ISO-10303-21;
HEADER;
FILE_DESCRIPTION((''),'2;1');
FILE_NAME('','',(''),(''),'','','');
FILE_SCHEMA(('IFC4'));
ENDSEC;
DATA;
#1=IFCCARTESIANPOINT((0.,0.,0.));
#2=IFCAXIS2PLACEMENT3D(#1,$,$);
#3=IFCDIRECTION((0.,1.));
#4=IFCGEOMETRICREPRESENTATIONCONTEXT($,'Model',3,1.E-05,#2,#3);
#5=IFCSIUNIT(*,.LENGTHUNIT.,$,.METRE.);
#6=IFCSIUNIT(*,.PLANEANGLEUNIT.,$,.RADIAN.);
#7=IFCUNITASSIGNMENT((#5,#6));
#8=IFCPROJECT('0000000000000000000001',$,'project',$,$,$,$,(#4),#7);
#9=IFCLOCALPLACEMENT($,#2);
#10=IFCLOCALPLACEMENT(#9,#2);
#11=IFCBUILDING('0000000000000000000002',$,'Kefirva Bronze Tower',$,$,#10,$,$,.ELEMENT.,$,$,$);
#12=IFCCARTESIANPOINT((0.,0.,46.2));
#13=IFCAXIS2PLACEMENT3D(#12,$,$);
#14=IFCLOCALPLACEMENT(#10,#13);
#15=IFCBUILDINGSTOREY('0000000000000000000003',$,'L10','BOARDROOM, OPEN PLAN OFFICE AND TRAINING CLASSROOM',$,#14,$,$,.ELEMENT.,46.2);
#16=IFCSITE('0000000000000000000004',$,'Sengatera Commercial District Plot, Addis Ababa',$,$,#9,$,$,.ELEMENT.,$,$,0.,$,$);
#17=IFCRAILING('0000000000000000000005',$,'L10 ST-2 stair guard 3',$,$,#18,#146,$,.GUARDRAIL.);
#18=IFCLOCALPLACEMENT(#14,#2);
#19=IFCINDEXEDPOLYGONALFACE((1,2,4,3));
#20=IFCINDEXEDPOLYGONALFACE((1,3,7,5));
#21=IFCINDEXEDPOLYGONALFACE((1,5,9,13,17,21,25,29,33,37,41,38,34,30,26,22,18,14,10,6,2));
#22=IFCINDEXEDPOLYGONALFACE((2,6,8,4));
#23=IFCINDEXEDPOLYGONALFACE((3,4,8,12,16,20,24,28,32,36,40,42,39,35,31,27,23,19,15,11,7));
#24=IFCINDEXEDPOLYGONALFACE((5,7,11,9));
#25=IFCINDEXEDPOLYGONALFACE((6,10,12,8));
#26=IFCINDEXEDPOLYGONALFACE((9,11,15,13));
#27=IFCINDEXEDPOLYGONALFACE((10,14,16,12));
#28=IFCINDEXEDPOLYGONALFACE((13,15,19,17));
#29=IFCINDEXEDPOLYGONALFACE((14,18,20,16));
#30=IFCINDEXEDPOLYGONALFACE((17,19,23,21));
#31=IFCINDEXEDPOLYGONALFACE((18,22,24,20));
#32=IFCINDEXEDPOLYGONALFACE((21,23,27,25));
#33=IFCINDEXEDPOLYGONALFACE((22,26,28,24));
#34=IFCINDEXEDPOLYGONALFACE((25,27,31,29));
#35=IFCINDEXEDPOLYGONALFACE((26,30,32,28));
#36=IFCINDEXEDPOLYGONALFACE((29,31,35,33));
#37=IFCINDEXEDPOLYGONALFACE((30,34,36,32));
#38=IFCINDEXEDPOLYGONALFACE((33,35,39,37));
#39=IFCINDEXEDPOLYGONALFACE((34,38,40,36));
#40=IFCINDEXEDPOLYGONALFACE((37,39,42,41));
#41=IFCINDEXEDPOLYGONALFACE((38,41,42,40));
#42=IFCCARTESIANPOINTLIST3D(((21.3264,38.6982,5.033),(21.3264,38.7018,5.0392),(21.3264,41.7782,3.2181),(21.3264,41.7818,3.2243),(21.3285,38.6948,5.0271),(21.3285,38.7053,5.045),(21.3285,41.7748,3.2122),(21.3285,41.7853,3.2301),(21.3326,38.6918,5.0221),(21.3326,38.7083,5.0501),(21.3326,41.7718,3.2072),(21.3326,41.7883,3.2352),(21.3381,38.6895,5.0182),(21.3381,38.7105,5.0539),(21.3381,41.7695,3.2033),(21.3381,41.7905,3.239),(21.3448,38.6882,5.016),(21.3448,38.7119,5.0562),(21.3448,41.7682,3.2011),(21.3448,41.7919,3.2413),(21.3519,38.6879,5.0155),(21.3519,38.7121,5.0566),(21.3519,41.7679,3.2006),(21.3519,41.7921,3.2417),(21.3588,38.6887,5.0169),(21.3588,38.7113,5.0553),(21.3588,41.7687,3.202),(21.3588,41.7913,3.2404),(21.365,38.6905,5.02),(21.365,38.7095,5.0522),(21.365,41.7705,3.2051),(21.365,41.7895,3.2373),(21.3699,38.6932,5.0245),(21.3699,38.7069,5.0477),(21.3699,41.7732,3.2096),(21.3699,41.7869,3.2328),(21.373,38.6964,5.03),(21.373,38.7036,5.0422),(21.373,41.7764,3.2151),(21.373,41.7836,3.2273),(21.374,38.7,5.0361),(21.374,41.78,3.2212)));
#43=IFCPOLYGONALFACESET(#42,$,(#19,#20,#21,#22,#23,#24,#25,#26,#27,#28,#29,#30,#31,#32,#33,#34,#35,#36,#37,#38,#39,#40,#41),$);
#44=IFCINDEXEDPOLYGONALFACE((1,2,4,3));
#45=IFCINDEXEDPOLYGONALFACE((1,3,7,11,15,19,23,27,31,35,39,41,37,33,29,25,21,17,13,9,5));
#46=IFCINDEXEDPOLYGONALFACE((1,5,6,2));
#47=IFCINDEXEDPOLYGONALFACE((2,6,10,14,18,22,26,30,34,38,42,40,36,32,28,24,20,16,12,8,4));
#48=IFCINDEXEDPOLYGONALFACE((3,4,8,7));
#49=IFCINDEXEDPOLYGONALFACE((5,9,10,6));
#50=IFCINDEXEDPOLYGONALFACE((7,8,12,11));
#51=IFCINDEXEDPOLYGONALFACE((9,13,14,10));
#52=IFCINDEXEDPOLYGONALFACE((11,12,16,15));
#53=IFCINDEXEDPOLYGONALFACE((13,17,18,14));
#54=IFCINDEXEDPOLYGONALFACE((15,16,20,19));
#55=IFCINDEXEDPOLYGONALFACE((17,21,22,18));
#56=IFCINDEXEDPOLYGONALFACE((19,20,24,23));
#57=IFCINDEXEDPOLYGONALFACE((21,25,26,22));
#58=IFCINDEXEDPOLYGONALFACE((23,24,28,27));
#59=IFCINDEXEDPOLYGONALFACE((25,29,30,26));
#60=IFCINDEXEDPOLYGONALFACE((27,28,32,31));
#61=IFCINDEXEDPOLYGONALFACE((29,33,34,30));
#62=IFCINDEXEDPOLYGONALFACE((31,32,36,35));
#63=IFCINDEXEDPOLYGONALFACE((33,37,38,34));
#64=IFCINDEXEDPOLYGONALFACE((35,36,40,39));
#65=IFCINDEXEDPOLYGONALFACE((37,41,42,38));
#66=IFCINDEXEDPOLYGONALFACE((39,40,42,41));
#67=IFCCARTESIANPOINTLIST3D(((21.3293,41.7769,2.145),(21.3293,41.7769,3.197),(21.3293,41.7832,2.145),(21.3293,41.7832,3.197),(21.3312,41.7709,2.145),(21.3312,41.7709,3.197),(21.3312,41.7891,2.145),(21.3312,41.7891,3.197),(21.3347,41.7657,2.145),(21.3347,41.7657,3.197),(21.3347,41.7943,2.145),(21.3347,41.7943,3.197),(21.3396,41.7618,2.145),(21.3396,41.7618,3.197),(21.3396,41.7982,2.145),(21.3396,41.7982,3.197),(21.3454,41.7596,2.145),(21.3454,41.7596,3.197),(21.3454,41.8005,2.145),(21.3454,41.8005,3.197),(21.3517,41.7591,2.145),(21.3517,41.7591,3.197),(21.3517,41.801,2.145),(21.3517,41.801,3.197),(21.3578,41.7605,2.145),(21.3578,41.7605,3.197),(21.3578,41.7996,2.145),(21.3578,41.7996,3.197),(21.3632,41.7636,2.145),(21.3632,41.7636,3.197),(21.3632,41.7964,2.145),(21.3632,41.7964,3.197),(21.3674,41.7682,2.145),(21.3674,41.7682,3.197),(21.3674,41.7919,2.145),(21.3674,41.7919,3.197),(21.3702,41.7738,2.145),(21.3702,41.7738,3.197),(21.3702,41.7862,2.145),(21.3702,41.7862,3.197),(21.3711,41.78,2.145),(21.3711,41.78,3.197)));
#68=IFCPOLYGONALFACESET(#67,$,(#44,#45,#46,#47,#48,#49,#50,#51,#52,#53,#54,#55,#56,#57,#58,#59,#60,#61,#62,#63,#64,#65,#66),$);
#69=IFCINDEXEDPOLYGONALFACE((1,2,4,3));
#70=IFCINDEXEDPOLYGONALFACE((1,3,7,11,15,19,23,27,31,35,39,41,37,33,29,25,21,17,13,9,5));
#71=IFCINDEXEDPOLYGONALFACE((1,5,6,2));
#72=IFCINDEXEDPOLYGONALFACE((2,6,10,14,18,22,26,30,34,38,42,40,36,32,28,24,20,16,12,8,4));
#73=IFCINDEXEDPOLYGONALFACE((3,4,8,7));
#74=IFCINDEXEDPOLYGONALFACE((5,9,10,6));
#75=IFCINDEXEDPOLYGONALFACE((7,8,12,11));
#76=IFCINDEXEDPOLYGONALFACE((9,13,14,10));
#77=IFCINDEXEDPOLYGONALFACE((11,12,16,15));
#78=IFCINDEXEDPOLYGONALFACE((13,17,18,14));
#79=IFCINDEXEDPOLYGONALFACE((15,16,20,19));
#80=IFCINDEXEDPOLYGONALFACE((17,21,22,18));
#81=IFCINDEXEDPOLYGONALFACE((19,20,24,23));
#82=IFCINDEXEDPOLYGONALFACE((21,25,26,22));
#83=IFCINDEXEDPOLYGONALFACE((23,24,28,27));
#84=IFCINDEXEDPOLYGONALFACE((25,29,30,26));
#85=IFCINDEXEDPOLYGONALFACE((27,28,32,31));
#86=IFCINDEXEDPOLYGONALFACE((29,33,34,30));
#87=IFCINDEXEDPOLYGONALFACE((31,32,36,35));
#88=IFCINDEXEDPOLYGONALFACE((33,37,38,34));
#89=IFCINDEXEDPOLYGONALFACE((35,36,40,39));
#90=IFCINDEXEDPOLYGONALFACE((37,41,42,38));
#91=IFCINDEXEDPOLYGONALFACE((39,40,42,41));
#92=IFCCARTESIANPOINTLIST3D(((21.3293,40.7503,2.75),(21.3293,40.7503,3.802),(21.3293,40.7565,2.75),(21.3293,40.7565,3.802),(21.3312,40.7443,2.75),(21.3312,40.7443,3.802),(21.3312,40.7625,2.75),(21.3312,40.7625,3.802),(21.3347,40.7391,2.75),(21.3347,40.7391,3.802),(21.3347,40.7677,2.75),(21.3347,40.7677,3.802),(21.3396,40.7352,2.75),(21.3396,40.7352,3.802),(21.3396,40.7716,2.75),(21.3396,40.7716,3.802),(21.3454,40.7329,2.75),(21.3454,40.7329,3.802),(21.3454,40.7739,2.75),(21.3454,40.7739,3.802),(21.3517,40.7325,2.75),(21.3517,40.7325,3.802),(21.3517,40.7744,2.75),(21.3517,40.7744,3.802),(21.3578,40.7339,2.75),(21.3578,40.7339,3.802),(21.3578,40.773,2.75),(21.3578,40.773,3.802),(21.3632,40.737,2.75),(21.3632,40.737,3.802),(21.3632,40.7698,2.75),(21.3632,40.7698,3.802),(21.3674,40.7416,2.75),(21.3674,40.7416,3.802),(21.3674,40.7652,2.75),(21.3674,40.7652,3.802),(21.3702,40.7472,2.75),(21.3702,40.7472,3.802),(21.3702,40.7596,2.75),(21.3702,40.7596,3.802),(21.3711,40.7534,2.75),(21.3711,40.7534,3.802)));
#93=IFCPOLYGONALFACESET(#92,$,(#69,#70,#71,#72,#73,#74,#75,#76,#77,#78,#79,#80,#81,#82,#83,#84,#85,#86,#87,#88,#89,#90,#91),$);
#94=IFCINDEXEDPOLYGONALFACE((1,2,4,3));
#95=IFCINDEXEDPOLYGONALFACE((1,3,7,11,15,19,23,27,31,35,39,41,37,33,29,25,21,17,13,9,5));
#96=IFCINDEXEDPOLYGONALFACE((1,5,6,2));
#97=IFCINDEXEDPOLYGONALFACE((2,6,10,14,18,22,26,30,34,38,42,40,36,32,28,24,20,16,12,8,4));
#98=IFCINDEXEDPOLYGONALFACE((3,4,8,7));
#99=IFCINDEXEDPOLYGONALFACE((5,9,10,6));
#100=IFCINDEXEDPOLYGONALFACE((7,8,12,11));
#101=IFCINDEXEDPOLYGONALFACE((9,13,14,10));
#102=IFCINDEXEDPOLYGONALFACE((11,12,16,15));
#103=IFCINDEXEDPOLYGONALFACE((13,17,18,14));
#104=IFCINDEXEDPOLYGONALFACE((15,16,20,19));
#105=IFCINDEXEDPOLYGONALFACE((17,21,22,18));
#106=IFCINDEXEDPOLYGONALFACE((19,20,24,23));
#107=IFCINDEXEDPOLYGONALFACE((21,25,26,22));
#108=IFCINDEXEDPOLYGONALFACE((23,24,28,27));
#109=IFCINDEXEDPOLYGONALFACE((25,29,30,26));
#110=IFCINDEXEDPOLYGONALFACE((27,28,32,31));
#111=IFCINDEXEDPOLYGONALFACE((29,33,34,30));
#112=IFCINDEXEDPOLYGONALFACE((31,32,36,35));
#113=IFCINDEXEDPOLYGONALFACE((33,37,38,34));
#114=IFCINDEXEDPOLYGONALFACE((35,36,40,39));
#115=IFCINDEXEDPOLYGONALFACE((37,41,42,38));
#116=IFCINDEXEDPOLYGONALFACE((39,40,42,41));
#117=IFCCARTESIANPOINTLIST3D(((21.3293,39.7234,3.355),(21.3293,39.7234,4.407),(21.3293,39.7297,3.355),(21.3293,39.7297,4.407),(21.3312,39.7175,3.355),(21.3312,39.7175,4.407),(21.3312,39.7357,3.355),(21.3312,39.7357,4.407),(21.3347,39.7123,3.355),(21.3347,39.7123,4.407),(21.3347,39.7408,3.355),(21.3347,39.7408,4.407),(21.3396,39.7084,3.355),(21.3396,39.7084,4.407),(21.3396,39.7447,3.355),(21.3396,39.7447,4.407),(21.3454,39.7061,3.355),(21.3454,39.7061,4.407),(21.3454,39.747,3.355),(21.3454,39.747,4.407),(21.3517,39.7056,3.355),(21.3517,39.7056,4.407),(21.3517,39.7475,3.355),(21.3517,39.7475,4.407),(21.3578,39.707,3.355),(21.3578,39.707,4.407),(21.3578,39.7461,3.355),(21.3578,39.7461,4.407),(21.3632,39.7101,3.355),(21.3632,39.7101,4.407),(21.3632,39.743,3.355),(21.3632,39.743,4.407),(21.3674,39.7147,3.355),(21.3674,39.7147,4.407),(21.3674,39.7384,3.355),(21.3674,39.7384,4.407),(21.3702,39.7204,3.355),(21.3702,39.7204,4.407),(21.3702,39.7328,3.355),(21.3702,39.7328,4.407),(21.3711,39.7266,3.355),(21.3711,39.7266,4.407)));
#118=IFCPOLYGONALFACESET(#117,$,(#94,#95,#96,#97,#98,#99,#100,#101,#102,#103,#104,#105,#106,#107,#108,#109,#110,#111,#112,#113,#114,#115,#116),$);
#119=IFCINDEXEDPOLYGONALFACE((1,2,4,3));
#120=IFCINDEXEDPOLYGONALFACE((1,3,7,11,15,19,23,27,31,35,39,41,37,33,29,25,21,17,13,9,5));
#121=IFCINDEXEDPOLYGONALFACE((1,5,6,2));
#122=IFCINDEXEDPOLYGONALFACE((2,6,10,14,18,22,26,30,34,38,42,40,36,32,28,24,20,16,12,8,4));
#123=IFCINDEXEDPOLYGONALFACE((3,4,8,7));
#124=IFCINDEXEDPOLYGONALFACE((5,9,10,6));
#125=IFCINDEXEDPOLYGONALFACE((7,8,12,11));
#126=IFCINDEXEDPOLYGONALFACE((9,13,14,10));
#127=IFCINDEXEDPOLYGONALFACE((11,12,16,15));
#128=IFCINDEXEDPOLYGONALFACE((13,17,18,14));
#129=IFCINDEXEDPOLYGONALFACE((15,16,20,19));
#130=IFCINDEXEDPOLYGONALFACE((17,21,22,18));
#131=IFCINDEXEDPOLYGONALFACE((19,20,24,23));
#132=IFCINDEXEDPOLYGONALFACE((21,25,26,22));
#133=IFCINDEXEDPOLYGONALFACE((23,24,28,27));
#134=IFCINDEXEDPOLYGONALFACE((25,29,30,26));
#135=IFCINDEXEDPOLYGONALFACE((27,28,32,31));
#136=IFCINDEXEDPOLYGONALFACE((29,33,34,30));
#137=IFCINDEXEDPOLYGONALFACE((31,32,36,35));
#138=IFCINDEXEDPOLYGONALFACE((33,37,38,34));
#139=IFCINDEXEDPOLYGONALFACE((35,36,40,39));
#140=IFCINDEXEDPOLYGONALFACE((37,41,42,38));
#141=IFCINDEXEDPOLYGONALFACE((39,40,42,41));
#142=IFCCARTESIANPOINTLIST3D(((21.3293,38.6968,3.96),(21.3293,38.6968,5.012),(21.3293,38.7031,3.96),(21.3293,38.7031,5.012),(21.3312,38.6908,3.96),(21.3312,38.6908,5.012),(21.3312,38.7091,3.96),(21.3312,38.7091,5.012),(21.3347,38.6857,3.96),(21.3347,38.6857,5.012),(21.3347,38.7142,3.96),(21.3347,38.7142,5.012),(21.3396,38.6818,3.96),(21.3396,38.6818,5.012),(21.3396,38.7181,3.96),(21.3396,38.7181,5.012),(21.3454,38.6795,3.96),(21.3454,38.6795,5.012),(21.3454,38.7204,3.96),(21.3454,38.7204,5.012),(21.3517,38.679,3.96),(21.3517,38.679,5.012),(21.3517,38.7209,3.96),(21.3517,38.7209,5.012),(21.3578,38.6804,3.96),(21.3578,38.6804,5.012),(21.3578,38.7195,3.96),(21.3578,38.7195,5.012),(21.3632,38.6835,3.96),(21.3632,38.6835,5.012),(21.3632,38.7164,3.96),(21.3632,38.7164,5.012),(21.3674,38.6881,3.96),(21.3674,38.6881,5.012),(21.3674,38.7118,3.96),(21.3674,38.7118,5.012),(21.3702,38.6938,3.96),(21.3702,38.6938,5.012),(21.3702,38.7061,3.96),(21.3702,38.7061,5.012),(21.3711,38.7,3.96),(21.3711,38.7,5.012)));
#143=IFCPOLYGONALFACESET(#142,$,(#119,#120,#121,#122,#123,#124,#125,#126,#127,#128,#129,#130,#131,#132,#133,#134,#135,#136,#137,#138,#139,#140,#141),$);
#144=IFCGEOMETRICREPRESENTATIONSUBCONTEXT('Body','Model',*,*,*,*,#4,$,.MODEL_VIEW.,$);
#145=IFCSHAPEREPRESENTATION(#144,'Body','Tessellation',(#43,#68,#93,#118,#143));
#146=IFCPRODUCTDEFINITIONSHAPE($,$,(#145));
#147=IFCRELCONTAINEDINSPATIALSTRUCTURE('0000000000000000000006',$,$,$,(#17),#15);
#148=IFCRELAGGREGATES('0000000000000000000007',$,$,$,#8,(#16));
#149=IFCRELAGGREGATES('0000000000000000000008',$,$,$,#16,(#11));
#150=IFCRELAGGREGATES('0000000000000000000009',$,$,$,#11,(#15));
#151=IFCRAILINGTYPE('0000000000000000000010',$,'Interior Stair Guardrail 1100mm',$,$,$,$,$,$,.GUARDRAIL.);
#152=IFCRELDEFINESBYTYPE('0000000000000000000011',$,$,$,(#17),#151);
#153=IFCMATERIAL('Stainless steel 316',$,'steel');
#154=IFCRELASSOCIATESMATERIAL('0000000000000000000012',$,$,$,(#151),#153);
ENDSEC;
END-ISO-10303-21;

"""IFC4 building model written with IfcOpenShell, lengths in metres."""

from ifc_helpers import new_model, si_unit, direction, frame, origin, origin_2d, place, context, subcontext, project, spatial, circle, extrude, material, type_object, element, save


model = new_model("IFC4")

# Units and contexts
model_context = context("Model", 3, precision=1e-05, world=origin(), true_north=direction((0.0, 1.0)))
body_context = subcontext(model_context, "Body", "Model", "MODEL_VIEW")
ifc_project = project(units=[si_unit("LENGTHUNIT", "METRE"), si_unit("PLANEANGLEUNIT", "RADIAN")], contexts=[model_context])

# Site, building, storey
site_placement = place(None, origin())
site = spatial("IfcSite", under=ifc_project, at=site_placement, Name="Sengatera Commercial District Plot, Addis Ababa", CompositionType="ELEMENT", RefElevation=0.0)
building_placement = place(site_placement, origin())
building = spatial("IfcBuilding", under=site, at=building_placement, Name="Kefirva Bronze Tower", CompositionType="ELEMENT")
storey_placement = place(building_placement, frame((0.0, 0.0, 46.2)))
storey = spatial("IfcBuildingStorey", under=building, at=storey_placement, Name="L10", Description="BOARDROOM, OPEN PLAN OFFICE AND TRAINING CLASSROOM", CompositionType="ELEMENT", Elevation=46.2)

# Railing
ifc_material_1 = material(Name="Stainless steel 316", Category="steel")
railing_type_1 = type_object("IfcRailingType", Name="Interior Stair Guardrail 1100mm", PredefinedType="GUARDRAIL", material=ifc_material_1)
railing_1_placement = place(storey_placement, frame((21.3501, 41.78, 2.145)))
element("IfcRailing", 1, at=railing_1_placement, inside=storey, type_object=railing_type_1, Name="L10 ST-2 stair guard 3", PredefinedType="GUARDRAIL", context=body_context, shape_type="SweptSolid", body=[
    extrude(circle(Radius=0.0239, at=origin_2d()), frame((0.0, 0.0, 1.0762), z_axis=(0.0, -0.861551, 0.507671), x_axis=(1.0, 0.0, 0.0)), (0.0, 0.0, 1.0), 3.575),
    extrude(circle(Radius=0.021, at=origin_2d()), origin(), (0.0, 0.0, 1.0), 1.052),
    extrude(circle(Radius=0.021, at=origin_2d()), frame((0.0, -1.0266, 0.605)), (0.0, 0.0, 1.0), 1.052),
    extrude(circle(Radius=0.021, at=origin_2d()), frame((0.0, -2.0535, 1.21)), (0.0, 0.0, 1.0), 1.052),
    extrude(circle(Radius=0.021, at=origin_2d()), frame((0.0, -3.0801, 1.8149)), (0.0, 0.0, 1.0), 1.052),
])

save(model, "model.ifc")
